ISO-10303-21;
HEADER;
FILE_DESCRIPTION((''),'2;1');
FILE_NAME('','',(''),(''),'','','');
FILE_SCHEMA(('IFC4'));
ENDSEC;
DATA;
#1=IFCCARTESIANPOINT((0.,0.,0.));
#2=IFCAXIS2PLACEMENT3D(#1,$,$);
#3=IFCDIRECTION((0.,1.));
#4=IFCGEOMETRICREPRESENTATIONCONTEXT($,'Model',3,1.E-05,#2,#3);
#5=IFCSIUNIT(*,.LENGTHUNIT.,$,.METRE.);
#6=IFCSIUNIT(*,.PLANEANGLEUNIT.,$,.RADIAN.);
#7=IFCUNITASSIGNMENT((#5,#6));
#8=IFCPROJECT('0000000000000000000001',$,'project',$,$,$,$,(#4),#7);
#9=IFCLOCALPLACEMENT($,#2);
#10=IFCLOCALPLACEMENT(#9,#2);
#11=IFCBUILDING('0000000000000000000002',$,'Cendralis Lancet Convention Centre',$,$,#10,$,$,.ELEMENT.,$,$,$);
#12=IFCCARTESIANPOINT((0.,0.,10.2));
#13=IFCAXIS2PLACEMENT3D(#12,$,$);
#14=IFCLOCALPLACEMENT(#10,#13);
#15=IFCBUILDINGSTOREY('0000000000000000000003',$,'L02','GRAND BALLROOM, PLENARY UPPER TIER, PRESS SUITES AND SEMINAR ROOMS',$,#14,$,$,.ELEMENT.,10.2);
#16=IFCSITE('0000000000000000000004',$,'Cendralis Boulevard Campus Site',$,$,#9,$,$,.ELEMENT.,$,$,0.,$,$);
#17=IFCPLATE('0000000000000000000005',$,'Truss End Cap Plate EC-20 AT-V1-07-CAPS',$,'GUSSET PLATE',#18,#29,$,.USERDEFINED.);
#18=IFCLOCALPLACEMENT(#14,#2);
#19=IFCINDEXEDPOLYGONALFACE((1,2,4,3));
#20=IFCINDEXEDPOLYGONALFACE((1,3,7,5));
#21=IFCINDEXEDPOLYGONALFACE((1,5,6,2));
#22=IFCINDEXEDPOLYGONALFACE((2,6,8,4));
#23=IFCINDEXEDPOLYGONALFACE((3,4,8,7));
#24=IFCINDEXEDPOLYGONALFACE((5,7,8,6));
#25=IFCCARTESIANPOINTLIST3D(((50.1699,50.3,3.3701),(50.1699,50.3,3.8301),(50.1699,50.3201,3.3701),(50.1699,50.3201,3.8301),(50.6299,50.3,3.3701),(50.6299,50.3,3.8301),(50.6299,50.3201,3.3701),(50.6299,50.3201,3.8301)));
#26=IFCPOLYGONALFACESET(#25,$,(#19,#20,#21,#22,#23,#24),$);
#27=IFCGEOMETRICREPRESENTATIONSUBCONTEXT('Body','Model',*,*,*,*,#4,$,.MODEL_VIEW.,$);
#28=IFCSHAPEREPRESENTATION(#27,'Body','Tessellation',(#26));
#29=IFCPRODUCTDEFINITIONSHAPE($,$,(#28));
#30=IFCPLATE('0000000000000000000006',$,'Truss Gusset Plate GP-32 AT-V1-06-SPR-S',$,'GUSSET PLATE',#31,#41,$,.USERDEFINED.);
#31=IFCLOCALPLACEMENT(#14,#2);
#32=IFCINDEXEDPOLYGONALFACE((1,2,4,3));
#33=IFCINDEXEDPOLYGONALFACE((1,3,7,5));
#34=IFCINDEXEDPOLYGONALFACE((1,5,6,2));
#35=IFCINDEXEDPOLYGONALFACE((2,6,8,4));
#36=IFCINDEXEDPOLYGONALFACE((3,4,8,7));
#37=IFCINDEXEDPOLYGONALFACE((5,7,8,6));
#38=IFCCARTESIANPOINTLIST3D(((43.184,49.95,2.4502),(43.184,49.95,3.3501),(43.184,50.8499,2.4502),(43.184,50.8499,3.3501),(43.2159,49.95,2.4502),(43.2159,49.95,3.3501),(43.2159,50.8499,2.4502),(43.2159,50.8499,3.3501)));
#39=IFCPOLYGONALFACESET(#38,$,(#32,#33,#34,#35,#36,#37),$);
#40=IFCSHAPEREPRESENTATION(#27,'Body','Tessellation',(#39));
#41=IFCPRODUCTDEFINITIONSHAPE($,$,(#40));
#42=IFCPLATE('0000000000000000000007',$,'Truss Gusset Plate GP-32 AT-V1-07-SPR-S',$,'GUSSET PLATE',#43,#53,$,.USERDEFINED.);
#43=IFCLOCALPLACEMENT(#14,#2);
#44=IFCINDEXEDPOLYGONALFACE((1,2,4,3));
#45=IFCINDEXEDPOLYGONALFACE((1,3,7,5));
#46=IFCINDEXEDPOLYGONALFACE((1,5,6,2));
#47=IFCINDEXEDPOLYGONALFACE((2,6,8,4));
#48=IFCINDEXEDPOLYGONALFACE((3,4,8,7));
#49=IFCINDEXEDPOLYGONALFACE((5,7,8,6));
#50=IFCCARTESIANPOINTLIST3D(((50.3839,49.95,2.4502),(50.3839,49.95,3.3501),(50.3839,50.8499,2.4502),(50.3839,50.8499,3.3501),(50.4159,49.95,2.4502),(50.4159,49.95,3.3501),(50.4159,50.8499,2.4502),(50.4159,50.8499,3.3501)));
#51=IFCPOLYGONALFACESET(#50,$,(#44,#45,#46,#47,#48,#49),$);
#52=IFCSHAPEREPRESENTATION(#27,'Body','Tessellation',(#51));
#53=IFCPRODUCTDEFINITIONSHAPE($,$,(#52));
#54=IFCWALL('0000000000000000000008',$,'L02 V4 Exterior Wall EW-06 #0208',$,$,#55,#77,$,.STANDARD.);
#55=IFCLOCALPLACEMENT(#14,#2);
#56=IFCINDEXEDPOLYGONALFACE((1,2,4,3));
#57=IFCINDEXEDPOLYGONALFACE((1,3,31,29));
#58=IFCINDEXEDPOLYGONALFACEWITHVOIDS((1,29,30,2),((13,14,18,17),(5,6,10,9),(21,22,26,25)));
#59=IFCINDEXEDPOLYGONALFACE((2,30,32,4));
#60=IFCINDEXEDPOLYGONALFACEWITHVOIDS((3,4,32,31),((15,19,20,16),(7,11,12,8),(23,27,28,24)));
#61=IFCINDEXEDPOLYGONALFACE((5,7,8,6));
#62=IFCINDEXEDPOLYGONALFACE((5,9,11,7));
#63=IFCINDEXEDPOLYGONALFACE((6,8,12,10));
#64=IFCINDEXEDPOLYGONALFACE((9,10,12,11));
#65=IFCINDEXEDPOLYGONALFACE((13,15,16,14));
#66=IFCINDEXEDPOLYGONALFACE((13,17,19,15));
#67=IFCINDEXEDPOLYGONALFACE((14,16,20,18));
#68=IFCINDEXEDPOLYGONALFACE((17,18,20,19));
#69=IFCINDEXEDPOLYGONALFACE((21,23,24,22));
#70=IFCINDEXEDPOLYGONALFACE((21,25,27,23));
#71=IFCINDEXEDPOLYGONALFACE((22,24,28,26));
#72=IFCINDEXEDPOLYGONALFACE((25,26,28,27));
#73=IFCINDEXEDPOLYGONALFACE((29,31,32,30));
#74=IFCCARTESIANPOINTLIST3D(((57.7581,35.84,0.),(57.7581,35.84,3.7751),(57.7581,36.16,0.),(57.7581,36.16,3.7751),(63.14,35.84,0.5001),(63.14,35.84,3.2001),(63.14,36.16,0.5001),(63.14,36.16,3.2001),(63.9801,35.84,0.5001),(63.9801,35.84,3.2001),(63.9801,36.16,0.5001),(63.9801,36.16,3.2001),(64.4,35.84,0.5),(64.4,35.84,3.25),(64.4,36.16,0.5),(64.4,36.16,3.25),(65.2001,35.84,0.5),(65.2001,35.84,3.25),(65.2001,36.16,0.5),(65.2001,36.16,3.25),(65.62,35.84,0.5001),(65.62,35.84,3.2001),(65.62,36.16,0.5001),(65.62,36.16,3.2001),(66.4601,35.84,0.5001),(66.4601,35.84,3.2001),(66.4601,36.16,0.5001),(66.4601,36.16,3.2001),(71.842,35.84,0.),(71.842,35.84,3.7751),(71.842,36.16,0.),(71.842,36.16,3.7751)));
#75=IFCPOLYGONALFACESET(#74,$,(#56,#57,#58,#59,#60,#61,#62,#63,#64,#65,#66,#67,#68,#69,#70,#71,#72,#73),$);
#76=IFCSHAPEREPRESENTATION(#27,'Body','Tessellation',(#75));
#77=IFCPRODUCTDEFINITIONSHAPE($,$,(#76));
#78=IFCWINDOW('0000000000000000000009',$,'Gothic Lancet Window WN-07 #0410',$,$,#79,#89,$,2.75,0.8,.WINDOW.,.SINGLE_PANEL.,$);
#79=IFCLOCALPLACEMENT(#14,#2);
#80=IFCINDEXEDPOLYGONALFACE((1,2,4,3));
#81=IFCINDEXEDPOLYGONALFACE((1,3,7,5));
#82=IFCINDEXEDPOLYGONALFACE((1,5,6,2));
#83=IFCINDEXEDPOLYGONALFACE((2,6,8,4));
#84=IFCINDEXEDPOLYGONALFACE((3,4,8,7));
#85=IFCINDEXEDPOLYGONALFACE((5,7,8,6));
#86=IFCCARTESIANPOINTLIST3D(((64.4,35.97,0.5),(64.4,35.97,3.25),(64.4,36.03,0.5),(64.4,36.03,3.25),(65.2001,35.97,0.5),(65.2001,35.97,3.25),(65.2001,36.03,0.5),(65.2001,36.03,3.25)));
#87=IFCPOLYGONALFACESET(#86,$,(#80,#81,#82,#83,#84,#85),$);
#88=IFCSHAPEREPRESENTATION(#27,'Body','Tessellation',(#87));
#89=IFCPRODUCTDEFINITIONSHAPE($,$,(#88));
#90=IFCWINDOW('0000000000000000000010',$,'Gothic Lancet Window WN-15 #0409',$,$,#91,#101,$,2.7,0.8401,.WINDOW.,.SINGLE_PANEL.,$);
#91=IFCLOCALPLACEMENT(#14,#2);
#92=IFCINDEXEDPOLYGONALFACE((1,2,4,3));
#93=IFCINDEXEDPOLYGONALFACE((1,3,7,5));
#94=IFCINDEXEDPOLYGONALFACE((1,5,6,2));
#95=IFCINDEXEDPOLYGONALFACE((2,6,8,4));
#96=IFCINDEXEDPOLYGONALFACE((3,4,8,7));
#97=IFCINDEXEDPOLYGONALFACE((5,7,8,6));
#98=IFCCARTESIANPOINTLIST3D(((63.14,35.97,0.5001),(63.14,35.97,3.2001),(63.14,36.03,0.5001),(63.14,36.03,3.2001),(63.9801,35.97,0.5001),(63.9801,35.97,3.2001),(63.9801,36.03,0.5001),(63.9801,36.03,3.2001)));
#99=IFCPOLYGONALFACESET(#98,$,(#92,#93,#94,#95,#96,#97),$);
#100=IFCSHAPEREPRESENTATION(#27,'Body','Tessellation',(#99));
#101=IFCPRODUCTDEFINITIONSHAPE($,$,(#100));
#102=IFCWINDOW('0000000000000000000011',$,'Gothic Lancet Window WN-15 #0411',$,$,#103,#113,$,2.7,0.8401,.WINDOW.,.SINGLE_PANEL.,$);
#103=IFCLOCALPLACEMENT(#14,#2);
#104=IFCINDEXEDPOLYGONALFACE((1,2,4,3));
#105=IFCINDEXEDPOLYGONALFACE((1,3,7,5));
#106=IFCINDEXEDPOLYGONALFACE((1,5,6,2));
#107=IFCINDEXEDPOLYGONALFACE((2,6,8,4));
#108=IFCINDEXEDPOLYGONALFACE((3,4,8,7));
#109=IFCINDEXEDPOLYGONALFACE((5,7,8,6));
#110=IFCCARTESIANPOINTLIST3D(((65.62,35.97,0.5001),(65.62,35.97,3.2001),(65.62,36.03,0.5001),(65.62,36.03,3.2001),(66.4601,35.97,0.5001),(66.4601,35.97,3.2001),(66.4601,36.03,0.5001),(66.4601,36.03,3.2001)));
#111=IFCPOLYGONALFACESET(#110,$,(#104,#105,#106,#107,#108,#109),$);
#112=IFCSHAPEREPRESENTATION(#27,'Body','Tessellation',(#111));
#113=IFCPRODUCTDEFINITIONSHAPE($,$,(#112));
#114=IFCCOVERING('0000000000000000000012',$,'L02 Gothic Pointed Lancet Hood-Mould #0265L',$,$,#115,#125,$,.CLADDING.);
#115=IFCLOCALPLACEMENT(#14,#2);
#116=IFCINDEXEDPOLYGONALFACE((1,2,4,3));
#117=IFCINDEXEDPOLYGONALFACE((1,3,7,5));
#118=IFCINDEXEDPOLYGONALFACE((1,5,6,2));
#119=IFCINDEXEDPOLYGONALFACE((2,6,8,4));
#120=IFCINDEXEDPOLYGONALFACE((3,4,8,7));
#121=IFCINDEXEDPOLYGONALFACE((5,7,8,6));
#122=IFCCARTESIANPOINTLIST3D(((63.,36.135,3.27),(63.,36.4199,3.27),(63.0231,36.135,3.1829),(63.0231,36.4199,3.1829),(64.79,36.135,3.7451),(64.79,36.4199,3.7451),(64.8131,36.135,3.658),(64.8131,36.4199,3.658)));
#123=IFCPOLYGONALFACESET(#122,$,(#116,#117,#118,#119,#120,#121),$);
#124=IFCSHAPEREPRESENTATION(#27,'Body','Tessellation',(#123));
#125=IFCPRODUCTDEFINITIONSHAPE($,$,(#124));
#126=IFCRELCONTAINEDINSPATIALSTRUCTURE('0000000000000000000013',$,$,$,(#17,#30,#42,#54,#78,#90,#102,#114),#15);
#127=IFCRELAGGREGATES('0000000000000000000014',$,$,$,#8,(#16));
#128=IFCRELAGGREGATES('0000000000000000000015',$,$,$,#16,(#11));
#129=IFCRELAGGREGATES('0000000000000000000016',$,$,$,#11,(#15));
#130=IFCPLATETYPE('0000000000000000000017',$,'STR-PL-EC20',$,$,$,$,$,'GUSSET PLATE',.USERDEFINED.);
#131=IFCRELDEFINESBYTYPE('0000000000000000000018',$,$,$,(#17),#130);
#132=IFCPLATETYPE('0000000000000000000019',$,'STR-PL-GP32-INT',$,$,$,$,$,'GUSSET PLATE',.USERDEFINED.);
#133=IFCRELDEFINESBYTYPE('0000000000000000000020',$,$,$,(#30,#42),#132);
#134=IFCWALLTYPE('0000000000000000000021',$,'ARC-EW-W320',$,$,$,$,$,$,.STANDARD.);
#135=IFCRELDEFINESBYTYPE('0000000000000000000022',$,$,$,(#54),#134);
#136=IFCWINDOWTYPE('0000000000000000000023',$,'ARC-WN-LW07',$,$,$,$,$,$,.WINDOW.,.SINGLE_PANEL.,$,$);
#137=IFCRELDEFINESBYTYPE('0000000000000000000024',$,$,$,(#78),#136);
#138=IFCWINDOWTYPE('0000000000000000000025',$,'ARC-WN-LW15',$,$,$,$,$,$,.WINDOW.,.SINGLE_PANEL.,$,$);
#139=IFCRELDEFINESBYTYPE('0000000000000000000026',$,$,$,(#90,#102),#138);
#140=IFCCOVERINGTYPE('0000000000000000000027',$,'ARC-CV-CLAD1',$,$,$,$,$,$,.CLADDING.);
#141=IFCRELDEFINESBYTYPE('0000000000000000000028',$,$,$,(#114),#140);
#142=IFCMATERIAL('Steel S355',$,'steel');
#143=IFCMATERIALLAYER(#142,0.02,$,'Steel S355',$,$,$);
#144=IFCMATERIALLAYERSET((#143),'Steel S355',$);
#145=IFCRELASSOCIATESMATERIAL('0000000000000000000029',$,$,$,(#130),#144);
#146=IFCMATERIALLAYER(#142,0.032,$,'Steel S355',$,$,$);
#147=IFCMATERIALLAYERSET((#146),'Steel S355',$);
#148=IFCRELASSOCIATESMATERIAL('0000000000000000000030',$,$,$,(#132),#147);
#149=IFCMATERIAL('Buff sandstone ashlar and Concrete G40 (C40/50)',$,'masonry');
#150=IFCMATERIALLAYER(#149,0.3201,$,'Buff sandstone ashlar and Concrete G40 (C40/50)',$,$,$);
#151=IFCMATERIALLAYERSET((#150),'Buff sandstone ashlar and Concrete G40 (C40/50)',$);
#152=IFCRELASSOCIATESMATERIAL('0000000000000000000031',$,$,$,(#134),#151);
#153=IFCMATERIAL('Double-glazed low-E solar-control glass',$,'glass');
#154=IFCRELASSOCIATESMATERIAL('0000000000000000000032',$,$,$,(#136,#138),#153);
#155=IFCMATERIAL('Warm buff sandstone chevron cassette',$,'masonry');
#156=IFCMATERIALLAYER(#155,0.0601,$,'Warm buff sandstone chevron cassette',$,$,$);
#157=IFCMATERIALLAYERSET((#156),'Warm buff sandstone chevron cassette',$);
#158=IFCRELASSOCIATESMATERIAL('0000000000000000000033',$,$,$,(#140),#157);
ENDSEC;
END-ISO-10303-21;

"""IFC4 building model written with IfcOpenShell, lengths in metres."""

from ifc_helpers import new_model, si_unit, direction, frame, frame_2d, origin, origin_2d, place, context, subcontext, project, spatial, polyline, rectangle, outline, extrude, material, layer, layer_set, type_object, element, fill, save


model = new_model("IFC4")

# Units and contexts
model_context = context("Model", 3, precision=1e-05, world=origin(), true_north=direction((0.0, 1.0)))
body_context = subcontext(model_context, "Body", "Model", "MODEL_VIEW")
ifc_project = project(units=[si_unit("LENGTHUNIT", "METRE"), si_unit("PLANEANGLEUNIT", "RADIAN")], contexts=[model_context])

# Site, building, storey
site_placement = place(None, origin())
site = spatial("IfcSite", under=ifc_project, at=site_placement, Name="Cendralis Boulevard Campus Site", CompositionType="ELEMENT", RefElevation=0.0)
building_placement = place(site_placement, origin())
building = spatial("IfcBuilding", under=site, at=building_placement, Name="Cendralis Lancet Convention Centre", CompositionType="ELEMENT")
storey_placement = place(building_placement, frame((0.0, 0.0, 10.2)))
storey = spatial("IfcBuildingStorey", under=building, at=storey_placement, Name="L02", Description="GRAND BALLROOM, PLENARY UPPER TIER, PRESS SUITES AND SEMINAR ROOMS", CompositionType="ELEMENT", Elevation=10.2)

# Shared definitions
ifc_material_1 = material(Name="Steel S355", Category="steel")

# Shared definitions
ifc_material_2 = material(Name="Double-glazed low-E solar-control glass", Category="glass")

# Plates
ifc_layer_1 = layer(ifc_material_1, 0.02, Name="Steel S355")
ifc_layer_set_1 = layer_set([ifc_layer_1], Name="Steel S355")
plate_type_1 = type_object("IfcPlateType", Name="STR-PL-EC20", ElementType="GUSSET PLATE", PredefinedType="USERDEFINED", material=ifc_layer_set_1)
for number, where, z_axis, x_axis, name in (
    (1, (50.3999, 50.3101, 3.3701), (0.0, 0.0, 1.0), (1.0, 0.0, 0.0), "Truss End Cap Plate EC-20 AT-V1-07-CAPS"),
):
    element("IfcPlate", number, at=place(storey_placement, frame(where, z_axis=z_axis, x_axis=x_axis)), inside=storey, type_object=plate_type_1, Name=name, ObjectType="GUSSET PLATE", PredefinedType="USERDEFINED", context=body_context, shape_type="SweptSolid", body=[
        extrude(rectangle(XDim=0.46, YDim=0.02, at=origin_2d()), origin(), (0.0, 0.0, 1.0), 0.46),
    ])
ifc_layer_2 = layer(ifc_material_1, 0.032, Name="Steel S355")
ifc_layer_set_2 = layer_set([ifc_layer_2], Name="Steel S355")
plate_type_2 = type_object("IfcPlateType", Name="STR-PL-GP32-INT", ElementType="GUSSET PLATE", PredefinedType="USERDEFINED", material=ifc_layer_set_2)
for number, where, z_axis, x_axis, name in (
    (2, (43.2, 50.3999, 2.4502), (0.0, 0.0, 1.0), (0.0, 1.0, 0.0), "Truss Gusset Plate GP-32 AT-V1-06-SPR-S"),
    (3, (50.3999, 50.3999, 2.4502), (0.0, 0.0, 1.0), (0.0, 1.0, 0.0), "Truss Gusset Plate GP-32 AT-V1-07-SPR-S"),
):
    element("IfcPlate", number, at=place(storey_placement, frame(where, z_axis=z_axis, x_axis=x_axis)), inside=storey, type_object=plate_type_2, Name=name, ObjectType="GUSSET PLATE", PredefinedType="USERDEFINED", context=body_context, shape_type="SweptSolid", body=[
        extrude(rectangle(XDim=0.8999, YDim=0.032, at=origin_2d()), origin(), (0.0, 0.0, 1.0), 0.8999),
    ])

# Wall, openings, windows
ifc_material_3 = material(Name="Buff sandstone ashlar and Concrete G40 (C40/50)", Category="masonry")
ifc_layer_3 = layer(ifc_material_3, 0.3201, Name="Buff sandstone ashlar and Concrete G40 (C40/50)")
ifc_layer_set_3 = layer_set([ifc_layer_3], Name="Buff sandstone ashlar and Concrete G40 (C40/50)")
wall_type = type_object("IfcWallType", Name="ARC-EW-W320", PredefinedType="STANDARD", material=ifc_layer_set_3)
wall_placement = place(storey_placement, frame((57.7581, 36.0, 0.0), z_axis=(0.0, 0.0, 1.0), x_axis=(1.0, 0.0, 0.0)))
wall = element("IfcWall", 4, at=wall_placement, inside=storey, type_object=wall_type, Name="L02 V4 Exterior Wall EW-06 #0208", PredefinedType="STANDARD", context=body_context, shape_type="SweptSolid", body=[
    extrude(rectangle(XDim=14.084, YDim=0.3201, at=frame_2d((7.042, 0.0))), origin(), (0.0, 0.0, 1.0), 3.7751),
])
opening_1_placement = place(wall_placement, frame((5.3821, 0.0, 0.5)))
opening_1 = element("IfcOpeningElement", 5, at=opening_1_placement, cuts=wall, PredefinedType="OPENING", context=body_context, shape_type="SweptSolid", body=[
    extrude(rectangle(XDim=0.8401, YDim=2.7, at=frame_2d((0.4199, 1.3501))), frame((0.0, 0.1699, 0.0), z_axis=(0.0, -1.0, 0.0), x_axis=(1.0, 0.0, 0.0)), (0.0, 0.0, 1.0), 0.3401),
])
opening_2_placement = place(wall_placement, frame((6.6421, 0.0, 0.5)))
opening_2 = element("IfcOpeningElement", 6, at=opening_2_placement, cuts=wall, PredefinedType="OPENING", context=body_context, shape_type="SweptSolid", body=[
    extrude(rectangle(XDim=0.8, YDim=2.75, at=frame_2d((0.3999, 1.375))), frame((0.0, 0.1699, 0.0), z_axis=(0.0, -1.0, 0.0), x_axis=(1.0, 0.0, 0.0)), (0.0, 0.0, 1.0), 0.3401),
])
opening_3_placement = place(wall_placement, frame((7.8621, 0.0, 0.5)))
opening_3 = element("IfcOpeningElement", 7, at=opening_3_placement, cuts=wall, PredefinedType="OPENING", context=body_context, shape_type="SweptSolid", body=[
    extrude(rectangle(XDim=0.8401, YDim=2.7, at=frame_2d((0.4199, 1.3501))), frame((0.0, 0.1699, 0.0), z_axis=(0.0, -1.0, 0.0), x_axis=(1.0, 0.0, 0.0)), (0.0, 0.0, 1.0), 0.3401),
])
window_type_1 = type_object("IfcWindowType", Name="ARC-WN-LW07", PartitioningType="SINGLE_PANEL", PredefinedType="WINDOW", material=ifc_material_2)
window_1_placement = place(opening_2_placement, origin())
window_1 = element("IfcWindow", 8, at=window_1_placement, inside=storey, type_object=window_type_1, Name="Gothic Lancet Window WN-07 #0410", OverallHeight=2.75, OverallWidth=0.8, PartitioningType="SINGLE_PANEL", PredefinedType="WINDOW", context=body_context, shape_type="SweptSolid", body=[
    extrude(rectangle(XDim=0.8, YDim=2.75, at=frame_2d((0.3999, 1.375))), frame((0.0, 0.03, 0.0), z_axis=(0.0, -1.0, 0.0), x_axis=(1.0, 0.0, 0.0)), (0.0, 0.0, 1.0), 0.0601),
])
fill(opening_2, window_1)
window_type_2 = type_object("IfcWindowType", Name="ARC-WN-LW15", PartitioningType="SINGLE_PANEL", PredefinedType="WINDOW", material=ifc_material_2)
window_2_placement = place(opening_1_placement, origin())
window_2 = element("IfcWindow", 9, at=window_2_placement, inside=storey, type_object=window_type_2, Name="Gothic Lancet Window WN-15 #0409", OverallHeight=2.7, OverallWidth=0.8401, PartitioningType="SINGLE_PANEL", PredefinedType="WINDOW", context=body_context, shape_type="SweptSolid", body=[
    extrude(rectangle(XDim=0.8401, YDim=2.7, at=frame_2d((0.4199, 1.3501))), frame((0.0, 0.03, 0.0), z_axis=(0.0, -1.0, 0.0), x_axis=(1.0, 0.0, 0.0)), (0.0, 0.0, 1.0), 0.0601),
])
fill(opening_1, window_2)
window_3_placement = place(opening_3_placement, origin())
window_3 = element("IfcWindow", 10, at=window_3_placement, inside=storey, type_object=window_type_2, Name="Gothic Lancet Window WN-15 #0411", OverallHeight=2.7, OverallWidth=0.8401, PartitioningType="SINGLE_PANEL", PredefinedType="WINDOW", context=body_context, shape_type="SweptSolid", body=[
    extrude(rectangle(XDim=0.8401, YDim=2.7, at=frame_2d((0.4199, 1.3501))), frame((0.0, 0.03, 0.0), z_axis=(0.0, -1.0, 0.0), x_axis=(1.0, 0.0, 0.0)), (0.0, 0.0, 1.0), 0.0601),
])
fill(opening_3, window_3)

# Covering
ifc_material_4 = material(Name="Warm buff sandstone chevron cassette", Category="masonry")
ifc_layer_4 = layer(ifc_material_4, 0.0601, Name="Warm buff sandstone chevron cassette")
ifc_layer_set_4 = layer_set([ifc_layer_4], Name="Warm buff sandstone chevron cassette")
covering_type = type_object("IfcCoveringType", Name="ARC-CV-CLAD1", PredefinedType="CLADDING", material=ifc_layer_set_4)
covering_placement = place(storey_placement, frame((63.0, 36.4199, 3.27), z_axis=(-0.25653, 0.0, 0.966536), x_axis=(0.0, -1.0, 0.0)))
element("IfcCovering", 11, at=covering_placement, inside=storey, type_object=covering_type, Name="L02 Gothic Pointed Lancet Hood-Mould #0265L", PredefinedType="CLADDING", context=body_context, shape_type="SweptSolid", body=[
    extrude(outline(polyline([(0.0, 0.0), (0.2849, 0.0), (0.2849, 1.852), (0.0, 1.852), (0.0, 0.0)])), origin(), (0.0, 0.0, -1.0), 0.0901),
])

save(model, "model.ifc")
